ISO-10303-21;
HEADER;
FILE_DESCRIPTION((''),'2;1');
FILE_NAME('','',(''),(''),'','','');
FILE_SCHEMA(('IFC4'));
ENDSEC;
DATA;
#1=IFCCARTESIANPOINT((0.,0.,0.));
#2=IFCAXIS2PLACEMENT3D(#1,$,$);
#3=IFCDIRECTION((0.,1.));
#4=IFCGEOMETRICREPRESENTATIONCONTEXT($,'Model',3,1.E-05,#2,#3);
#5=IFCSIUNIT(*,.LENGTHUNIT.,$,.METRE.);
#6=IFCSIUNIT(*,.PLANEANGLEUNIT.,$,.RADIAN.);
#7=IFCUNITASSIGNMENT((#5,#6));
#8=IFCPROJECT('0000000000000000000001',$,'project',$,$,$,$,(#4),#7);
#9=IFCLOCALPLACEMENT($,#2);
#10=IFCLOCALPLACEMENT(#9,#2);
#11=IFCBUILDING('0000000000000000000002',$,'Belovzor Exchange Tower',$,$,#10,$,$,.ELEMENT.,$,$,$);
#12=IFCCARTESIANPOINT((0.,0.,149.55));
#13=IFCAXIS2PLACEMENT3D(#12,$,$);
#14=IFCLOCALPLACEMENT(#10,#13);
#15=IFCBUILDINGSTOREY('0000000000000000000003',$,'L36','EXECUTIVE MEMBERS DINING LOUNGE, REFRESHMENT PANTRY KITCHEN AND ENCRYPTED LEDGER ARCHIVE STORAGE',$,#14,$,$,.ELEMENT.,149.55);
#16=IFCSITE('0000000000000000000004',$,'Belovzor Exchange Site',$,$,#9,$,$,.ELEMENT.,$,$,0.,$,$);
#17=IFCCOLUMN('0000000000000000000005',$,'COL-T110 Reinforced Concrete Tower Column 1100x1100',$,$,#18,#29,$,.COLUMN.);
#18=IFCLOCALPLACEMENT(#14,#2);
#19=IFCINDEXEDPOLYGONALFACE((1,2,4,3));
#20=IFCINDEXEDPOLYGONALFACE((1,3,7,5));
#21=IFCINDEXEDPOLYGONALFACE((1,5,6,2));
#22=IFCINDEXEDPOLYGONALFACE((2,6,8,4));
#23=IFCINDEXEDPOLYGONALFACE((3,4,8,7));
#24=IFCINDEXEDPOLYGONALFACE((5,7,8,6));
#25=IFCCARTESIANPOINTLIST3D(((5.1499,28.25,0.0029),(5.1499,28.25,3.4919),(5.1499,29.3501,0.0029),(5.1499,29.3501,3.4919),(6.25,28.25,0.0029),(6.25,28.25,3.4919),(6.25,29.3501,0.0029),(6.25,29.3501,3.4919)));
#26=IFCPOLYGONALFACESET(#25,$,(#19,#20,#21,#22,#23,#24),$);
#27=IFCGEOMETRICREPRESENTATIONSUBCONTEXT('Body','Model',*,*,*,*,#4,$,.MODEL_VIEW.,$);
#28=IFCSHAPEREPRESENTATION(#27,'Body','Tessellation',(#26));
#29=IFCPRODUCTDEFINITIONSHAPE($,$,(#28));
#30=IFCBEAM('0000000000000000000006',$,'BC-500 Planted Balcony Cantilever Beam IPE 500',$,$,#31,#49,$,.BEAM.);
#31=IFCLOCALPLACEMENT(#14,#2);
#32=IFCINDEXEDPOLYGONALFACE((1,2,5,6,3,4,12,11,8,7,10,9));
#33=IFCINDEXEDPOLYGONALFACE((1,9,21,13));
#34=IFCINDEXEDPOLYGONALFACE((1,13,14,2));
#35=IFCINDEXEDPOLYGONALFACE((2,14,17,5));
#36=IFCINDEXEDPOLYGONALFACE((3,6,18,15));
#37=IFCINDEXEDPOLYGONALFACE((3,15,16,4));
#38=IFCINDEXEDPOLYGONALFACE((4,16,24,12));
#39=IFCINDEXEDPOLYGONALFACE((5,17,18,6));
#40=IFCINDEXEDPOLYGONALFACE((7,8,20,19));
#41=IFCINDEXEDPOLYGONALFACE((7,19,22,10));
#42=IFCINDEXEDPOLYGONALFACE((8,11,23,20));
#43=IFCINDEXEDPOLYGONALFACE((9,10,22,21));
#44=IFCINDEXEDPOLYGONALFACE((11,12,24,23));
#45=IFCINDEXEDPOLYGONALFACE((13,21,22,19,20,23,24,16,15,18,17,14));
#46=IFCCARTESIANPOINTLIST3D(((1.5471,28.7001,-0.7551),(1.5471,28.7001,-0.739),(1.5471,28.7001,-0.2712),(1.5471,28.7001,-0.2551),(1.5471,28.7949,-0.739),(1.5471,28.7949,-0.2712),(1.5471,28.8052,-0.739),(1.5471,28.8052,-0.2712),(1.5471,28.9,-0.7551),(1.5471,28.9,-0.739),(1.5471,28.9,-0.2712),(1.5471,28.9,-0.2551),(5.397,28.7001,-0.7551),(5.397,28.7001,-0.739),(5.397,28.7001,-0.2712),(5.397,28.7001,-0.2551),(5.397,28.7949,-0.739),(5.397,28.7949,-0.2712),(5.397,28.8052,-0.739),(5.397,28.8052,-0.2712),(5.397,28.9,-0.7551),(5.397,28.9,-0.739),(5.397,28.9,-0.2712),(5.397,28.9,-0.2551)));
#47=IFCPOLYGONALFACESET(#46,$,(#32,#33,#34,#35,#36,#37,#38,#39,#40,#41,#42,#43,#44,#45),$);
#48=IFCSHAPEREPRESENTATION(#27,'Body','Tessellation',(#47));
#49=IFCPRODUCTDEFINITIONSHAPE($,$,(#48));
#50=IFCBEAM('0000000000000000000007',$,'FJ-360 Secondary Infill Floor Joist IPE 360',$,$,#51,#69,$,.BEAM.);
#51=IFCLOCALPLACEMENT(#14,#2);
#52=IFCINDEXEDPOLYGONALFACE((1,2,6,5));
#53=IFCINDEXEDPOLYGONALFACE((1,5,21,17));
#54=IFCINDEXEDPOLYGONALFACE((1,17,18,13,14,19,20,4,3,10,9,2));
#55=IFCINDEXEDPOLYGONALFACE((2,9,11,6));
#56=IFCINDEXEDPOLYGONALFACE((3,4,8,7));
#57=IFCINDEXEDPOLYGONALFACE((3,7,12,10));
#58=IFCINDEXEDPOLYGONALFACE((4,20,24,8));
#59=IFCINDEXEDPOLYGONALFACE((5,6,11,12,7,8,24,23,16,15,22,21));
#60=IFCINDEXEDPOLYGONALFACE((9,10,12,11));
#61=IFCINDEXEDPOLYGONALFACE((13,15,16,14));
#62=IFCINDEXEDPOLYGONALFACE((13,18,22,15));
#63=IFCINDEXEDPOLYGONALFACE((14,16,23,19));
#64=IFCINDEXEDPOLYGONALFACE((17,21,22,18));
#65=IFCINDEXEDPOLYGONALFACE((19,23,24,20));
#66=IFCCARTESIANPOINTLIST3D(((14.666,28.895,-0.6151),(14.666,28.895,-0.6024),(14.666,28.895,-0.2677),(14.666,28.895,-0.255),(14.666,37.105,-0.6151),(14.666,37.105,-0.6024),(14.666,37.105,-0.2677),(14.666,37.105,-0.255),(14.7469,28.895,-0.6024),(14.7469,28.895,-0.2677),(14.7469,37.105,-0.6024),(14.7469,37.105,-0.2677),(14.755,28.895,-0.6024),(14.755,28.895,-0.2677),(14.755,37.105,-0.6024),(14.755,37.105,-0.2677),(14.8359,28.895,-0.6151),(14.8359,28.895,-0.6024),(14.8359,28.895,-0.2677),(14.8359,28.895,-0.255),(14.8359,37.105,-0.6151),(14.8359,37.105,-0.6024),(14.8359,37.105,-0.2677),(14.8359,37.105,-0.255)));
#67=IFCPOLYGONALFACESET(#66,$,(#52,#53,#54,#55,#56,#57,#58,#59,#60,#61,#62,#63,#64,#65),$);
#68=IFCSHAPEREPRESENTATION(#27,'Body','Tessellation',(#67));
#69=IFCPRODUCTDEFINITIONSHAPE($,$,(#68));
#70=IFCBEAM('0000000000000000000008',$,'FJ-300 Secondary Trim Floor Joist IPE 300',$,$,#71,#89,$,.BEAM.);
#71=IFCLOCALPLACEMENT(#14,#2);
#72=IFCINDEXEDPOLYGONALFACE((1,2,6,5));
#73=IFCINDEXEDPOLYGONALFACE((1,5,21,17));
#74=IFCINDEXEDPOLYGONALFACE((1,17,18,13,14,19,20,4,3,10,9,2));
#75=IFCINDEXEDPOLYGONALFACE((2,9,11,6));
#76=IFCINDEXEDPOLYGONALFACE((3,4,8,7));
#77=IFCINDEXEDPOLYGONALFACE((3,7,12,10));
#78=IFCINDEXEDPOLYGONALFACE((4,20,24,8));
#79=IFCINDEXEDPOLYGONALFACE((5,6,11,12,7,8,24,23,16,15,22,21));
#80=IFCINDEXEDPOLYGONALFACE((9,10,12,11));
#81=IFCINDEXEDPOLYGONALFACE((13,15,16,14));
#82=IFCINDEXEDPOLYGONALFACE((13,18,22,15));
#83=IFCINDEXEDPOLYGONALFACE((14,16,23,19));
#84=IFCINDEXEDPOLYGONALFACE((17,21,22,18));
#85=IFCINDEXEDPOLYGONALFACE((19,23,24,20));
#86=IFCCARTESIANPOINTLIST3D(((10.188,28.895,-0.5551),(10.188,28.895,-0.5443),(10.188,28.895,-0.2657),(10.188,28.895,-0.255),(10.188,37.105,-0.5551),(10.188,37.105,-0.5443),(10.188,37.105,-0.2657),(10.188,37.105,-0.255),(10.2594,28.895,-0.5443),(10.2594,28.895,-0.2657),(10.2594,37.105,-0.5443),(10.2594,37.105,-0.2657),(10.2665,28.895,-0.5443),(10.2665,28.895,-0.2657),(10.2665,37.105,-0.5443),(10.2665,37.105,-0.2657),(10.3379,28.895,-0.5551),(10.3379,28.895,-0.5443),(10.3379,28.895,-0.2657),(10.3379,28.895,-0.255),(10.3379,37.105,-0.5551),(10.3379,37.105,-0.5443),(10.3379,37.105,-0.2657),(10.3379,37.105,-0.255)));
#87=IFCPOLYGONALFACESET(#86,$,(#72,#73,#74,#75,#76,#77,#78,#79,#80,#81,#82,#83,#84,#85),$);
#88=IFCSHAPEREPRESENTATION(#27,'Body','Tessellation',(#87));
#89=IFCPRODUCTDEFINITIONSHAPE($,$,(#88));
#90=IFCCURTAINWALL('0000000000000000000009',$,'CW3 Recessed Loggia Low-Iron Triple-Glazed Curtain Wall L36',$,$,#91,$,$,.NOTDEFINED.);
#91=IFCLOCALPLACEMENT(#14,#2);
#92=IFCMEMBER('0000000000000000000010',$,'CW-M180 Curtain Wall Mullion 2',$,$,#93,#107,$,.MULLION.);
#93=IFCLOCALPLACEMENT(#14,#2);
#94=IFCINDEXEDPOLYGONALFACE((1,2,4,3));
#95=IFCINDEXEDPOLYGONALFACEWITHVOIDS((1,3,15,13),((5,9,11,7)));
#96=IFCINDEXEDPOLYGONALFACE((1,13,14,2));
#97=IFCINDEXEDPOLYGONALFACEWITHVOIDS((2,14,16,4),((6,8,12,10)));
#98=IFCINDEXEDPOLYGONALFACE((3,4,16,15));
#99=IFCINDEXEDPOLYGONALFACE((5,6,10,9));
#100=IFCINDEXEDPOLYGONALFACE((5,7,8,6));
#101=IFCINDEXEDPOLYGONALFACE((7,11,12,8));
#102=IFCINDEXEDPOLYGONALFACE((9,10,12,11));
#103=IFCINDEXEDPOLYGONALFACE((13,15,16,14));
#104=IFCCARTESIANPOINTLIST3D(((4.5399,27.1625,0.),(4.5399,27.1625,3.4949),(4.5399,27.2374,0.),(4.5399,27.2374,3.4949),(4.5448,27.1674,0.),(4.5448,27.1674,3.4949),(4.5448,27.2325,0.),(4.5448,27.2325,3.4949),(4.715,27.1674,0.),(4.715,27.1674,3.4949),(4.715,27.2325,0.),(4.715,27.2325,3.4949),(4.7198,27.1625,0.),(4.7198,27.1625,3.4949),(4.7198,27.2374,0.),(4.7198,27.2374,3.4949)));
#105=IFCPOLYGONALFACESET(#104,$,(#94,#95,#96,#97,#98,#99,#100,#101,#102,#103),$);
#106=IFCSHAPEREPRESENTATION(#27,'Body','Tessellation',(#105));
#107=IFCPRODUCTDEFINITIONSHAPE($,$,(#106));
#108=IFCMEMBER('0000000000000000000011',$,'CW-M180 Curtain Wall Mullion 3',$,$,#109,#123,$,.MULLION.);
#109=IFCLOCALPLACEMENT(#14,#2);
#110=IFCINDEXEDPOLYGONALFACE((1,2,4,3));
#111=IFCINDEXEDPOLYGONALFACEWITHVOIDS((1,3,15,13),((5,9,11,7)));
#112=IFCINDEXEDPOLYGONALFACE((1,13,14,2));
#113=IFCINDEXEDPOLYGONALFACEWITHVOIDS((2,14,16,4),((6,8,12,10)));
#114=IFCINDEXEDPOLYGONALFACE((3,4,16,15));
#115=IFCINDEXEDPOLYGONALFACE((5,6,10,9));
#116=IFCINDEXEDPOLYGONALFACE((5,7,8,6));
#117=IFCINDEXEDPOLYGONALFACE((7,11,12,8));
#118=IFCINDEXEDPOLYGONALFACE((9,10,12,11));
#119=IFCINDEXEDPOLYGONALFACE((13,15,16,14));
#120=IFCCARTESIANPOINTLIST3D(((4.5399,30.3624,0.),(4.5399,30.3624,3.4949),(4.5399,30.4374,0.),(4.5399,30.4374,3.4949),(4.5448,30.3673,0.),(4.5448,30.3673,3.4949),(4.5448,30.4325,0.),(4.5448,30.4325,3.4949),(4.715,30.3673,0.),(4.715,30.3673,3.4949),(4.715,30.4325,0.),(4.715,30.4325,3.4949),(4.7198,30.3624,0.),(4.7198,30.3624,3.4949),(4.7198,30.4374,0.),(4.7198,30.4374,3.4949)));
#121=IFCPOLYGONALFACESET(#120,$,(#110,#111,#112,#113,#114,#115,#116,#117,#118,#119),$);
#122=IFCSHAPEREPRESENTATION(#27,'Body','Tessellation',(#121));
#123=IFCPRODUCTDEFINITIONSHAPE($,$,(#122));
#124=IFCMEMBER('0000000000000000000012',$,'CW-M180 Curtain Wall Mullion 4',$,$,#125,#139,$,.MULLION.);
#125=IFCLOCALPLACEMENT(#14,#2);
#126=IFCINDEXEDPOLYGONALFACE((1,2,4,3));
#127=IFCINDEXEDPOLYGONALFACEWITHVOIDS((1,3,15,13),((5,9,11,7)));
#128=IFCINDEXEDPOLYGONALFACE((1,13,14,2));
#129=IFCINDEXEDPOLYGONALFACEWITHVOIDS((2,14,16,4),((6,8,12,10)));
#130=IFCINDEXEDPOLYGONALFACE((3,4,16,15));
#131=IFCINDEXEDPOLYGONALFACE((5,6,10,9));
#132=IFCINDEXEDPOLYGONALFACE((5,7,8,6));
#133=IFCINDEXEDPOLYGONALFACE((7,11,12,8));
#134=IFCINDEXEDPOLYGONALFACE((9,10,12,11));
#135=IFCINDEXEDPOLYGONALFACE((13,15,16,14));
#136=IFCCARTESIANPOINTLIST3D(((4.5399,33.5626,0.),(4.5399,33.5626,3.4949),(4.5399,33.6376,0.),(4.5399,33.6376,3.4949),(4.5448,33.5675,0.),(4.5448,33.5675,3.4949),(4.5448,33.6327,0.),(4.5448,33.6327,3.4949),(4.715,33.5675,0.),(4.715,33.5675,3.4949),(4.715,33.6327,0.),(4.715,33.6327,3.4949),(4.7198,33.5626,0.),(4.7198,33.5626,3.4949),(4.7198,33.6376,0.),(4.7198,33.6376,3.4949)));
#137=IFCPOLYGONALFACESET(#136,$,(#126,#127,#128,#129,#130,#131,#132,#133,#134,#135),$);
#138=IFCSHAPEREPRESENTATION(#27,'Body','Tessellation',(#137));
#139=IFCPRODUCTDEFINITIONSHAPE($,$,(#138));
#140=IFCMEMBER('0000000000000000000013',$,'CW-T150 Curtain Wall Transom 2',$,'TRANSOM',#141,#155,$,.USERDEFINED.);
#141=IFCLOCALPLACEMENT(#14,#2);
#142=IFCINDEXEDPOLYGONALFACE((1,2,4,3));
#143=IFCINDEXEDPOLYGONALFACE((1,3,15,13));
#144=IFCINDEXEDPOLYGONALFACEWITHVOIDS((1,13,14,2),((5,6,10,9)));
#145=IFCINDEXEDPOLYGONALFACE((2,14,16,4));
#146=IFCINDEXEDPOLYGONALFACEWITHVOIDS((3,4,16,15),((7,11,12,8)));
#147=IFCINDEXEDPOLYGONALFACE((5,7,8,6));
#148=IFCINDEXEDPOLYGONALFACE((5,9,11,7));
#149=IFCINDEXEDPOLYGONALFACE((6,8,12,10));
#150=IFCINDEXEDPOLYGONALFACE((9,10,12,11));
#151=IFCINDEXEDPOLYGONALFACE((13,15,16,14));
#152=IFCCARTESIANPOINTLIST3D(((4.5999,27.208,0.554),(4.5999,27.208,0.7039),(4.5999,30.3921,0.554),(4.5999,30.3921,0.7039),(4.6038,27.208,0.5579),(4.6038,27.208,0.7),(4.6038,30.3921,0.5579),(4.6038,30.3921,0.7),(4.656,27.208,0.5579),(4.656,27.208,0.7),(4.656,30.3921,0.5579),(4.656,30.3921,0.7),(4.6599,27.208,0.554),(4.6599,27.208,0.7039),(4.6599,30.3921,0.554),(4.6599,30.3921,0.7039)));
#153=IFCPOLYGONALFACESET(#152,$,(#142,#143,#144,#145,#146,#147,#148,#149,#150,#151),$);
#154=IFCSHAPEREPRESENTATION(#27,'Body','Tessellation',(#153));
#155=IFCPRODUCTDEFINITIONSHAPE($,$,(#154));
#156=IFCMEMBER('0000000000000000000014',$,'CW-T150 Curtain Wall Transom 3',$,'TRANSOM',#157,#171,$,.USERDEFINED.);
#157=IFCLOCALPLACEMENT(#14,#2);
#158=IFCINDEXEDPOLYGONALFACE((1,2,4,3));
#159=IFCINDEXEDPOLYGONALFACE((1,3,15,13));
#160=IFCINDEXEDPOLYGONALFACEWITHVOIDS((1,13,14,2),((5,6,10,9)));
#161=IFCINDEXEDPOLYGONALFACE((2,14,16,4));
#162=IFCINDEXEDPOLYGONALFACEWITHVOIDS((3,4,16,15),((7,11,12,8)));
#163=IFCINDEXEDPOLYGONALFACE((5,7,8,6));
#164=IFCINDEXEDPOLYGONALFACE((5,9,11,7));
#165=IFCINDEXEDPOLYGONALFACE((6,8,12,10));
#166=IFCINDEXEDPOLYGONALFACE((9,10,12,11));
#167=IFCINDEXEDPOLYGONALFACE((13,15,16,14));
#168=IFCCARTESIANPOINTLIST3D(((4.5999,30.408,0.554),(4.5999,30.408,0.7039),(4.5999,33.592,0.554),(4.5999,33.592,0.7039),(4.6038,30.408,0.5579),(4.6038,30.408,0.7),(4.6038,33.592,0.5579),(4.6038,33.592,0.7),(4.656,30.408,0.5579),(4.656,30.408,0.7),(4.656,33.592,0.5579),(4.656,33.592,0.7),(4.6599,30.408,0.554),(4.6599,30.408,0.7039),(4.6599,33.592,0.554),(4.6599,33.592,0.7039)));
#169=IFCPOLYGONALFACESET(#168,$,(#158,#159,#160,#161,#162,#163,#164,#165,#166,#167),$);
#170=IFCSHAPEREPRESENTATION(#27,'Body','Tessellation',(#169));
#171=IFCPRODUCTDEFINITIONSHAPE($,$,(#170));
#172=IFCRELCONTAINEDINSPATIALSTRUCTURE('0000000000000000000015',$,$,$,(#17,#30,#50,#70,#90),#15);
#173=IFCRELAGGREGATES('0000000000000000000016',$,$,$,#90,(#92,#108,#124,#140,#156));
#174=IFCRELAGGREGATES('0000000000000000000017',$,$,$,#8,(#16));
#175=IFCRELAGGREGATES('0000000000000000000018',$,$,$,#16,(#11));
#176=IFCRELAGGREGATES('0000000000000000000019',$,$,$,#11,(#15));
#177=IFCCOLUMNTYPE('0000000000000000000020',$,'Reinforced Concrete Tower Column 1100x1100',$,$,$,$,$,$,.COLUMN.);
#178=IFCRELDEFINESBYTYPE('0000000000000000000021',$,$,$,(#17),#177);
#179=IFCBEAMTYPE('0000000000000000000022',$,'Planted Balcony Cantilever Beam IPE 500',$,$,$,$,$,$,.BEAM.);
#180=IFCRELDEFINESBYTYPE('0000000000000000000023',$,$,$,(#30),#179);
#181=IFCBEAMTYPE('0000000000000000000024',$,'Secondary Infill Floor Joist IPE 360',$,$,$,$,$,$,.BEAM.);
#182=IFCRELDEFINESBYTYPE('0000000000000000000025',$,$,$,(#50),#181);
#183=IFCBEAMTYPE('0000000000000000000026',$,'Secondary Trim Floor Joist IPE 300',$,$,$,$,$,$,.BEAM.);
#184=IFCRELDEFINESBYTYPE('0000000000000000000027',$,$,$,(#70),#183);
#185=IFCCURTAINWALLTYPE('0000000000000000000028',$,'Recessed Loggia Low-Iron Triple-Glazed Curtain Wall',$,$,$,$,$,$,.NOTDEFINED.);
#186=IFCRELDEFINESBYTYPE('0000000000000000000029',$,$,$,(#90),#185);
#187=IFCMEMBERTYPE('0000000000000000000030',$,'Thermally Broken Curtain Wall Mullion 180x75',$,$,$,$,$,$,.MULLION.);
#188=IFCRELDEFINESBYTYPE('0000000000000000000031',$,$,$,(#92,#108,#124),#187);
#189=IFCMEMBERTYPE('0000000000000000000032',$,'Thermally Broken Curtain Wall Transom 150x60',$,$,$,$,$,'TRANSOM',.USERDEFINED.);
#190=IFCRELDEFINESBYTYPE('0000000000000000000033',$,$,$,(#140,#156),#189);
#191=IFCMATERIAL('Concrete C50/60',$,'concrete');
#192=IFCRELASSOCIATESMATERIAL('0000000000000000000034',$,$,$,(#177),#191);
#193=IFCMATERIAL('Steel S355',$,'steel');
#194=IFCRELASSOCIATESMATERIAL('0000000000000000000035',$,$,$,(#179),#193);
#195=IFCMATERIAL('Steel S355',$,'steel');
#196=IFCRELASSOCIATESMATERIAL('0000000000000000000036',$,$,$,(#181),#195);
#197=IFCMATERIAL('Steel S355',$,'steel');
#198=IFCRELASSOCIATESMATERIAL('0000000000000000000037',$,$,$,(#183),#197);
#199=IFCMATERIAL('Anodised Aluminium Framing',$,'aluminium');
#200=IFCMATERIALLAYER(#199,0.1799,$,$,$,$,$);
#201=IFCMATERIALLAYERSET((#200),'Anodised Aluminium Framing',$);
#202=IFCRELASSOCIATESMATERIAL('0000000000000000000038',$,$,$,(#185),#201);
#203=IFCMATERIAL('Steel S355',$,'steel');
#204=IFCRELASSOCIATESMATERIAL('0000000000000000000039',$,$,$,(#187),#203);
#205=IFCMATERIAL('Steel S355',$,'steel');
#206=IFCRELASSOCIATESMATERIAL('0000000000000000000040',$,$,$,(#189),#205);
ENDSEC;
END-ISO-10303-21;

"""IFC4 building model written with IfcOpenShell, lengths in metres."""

from ifc_helpers import new_model, si_unit, direction, frame, origin, origin_2d, place, context, subcontext, project, spatial, rectangle, hollow_rectangle, i_section, extrude, material, layer, layer_set, material_profile, profile_set, type_object, element, aggregate, save


model = new_model("IFC4")

# Units and contexts
model_context = context("Model", 3, precision=1e-05, world=origin(), true_north=direction((0.0, 1.0)))
body_context = subcontext(model_context, "Body", "Model", "MODEL_VIEW")
ifc_project = project(units=[si_unit("LENGTHUNIT", "METRE"), si_unit("PLANEANGLEUNIT", "RADIAN")], contexts=[model_context])

# Site, building, storey
site_placement = place(None, origin())
site = spatial("IfcSite", under=ifc_project, at=site_placement, Name="Belovzor Exchange Site", CompositionType="ELEMENT", RefElevation=0.0)
building_placement = place(site_placement, origin())
building = spatial("IfcBuilding", under=site, at=building_placement, Name="Belovzor Exchange Tower", CompositionType="ELEMENT")
storey_placement = place(building_placement, frame((0.0, 0.0, 149.55)))
storey = spatial("IfcBuildingStorey", under=building, at=storey_placement, Name="L36", Description="EXECUTIVE MEMBERS DINING LOUNGE, REFRESHMENT PANTRY KITCHEN AND ENCRYPTED LEDGER ARCHIVE STORAGE", CompositionType="ELEMENT", Elevation=149.55)

# Column
ifc_material_1 = material(Name="Concrete C50/60", Category="concrete")
ifc_material_profile_1 = material_profile(ifc_material_1, rectangle(XDim=1.1001, YDim=1.1001, at=origin_2d()))
ifc_profile_set_1 = profile_set([ifc_material_profile_1], Name="Concrete C50/60")
column_type = type_object("IfcColumnType", Name="Reinforced Concrete Tower Column 1100x1100", PredefinedType="COLUMN", material=ifc_profile_set_1)
column_placement = place(storey_placement, frame((5.7, 28.8, 0.0029), z_axis=(0.0, 0.0, 1.0), x_axis=(1.0, 0.0, 0.0)))
element("IfcColumn", 1, at=column_placement, inside=storey, type_object=column_type, Name="COL-T110 Reinforced Concrete Tower Column 1100x1100", PredefinedType="COLUMN", context=body_context, shape_type="SweptSolid", body=[
    extrude(rectangle(XDim=1.1001, YDim=1.1001, at=origin_2d()), origin(), (0.0, 0.0, 1.0), 3.489),
])

# Beams
ifc_material_2 = material(Name="Steel S355", Category="steel")
ifc_material_profile_2 = material_profile(ifc_material_2, i_section(OverallWidth=0.2, OverallDepth=0.5, WebThickness=0.0103, FlangeThickness=0.0161, at=origin_2d()))
ifc_profile_set_2 = profile_set([ifc_material_profile_2], Name="Steel S355")
beam_type_1 = type_object("IfcBeamType", Name="Planted Balcony Cantilever Beam IPE 500", PredefinedType="BEAM", material=ifc_profile_set_2)
beam_1_placement = place(storey_placement, frame((5.397, 28.8, -0.5051), z_axis=(-1.0, 0.0, 0.0), x_axis=(0.0, -1.0, 0.0)))
element("IfcBeam", 2, at=beam_1_placement, inside=storey, type_object=beam_type_1, Name="BC-500 Planted Balcony Cantilever Beam IPE 500", PredefinedType="BEAM", context=body_context, shape_type="SweptSolid", body=[
    extrude(i_section(OverallWidth=0.2, OverallDepth=0.5, WebThickness=0.0103, FlangeThickness=0.0161, at=origin_2d()), origin(), (0.0, 0.0, 1.0), 3.8499),
])
ifc_material_3 = material(Name="Steel S355", Category="steel")
ifc_material_profile_3 = material_profile(ifc_material_3, i_section(OverallWidth=0.1699, OverallDepth=0.3601, WebThickness=0.0081, FlangeThickness=0.0127, at=origin_2d()))
ifc_profile_set_3 = profile_set([ifc_material_profile_3], Name="Steel S355")
beam_type_2 = type_object("IfcBeamType", Name="Secondary Infill Floor Joist IPE 360", PredefinedType="BEAM", material=ifc_profile_set_3)
beam_2_placement = place(storey_placement, frame((14.751, 28.895, -0.4351), z_axis=(0.0, 1.0, 0.0), x_axis=(-1.0, 0.0, 0.0)))
element("IfcBeam", 3, at=beam_2_placement, inside=storey, type_object=beam_type_2, Name="FJ-360 Secondary Infill Floor Joist IPE 360", PredefinedType="BEAM", context=body_context, shape_type="SweptSolid", body=[
    extrude(i_section(OverallWidth=0.1699, OverallDepth=0.3601, WebThickness=0.0081, FlangeThickness=0.0127, at=origin_2d()), origin(), (0.0, 0.0, 1.0), 8.21),
])
ifc_material_4 = material(Name="Steel S355", Category="steel")
ifc_material_profile_4 = material_profile(ifc_material_4, i_section(OverallWidth=0.1499, OverallDepth=0.3, WebThickness=0.0071, FlangeThickness=0.0107, at=origin_2d()))
ifc_profile_set_4 = profile_set([ifc_material_profile_4], Name="Steel S355")
beam_type_3 = type_object("IfcBeamType", Name="Secondary Trim Floor Joist IPE 300", PredefinedType="BEAM", material=ifc_profile_set_4)
beam_3_placement = place(storey_placement, frame((10.2629, 28.895, -0.405), z_axis=(0.0, 1.0, 0.0), x_axis=(-1.0, 0.0, 0.0)))
element("IfcBeam", 4, at=beam_3_placement, inside=storey, type_object=beam_type_3, Name="FJ-300 Secondary Trim Floor Joist IPE 300", PredefinedType="BEAM", context=body_context, shape_type="SweptSolid", body=[
    extrude(i_section(OverallWidth=0.1499, OverallDepth=0.3, WebThickness=0.0071, FlangeThickness=0.0107, at=origin_2d()), origin(), (0.0, 0.0, 1.0), 8.21),
])

# Curtain wall, members
ifc_material_5 = material(Name="Anodised Aluminium Framing", Category="aluminium")
ifc_layer_1 = layer(ifc_material_5, 0.1799)
ifc_layer_set_1 = layer_set([ifc_layer_1], Name="Anodised Aluminium Framing")
curtain_wall_type = type_object("IfcCurtainWallType", Name="Recessed Loggia Low-Iron Triple-Glazed Curtain Wall", PredefinedType="NOTDEFINED", material=ifc_layer_set_1)
curtain_wall_placement = place(storey_placement, origin())
curtain_wall = element("IfcCurtainWall", 5, at=curtain_wall_placement, inside=storey, type_object=curtain_wall_type, Name="CW3 Recessed Loggia Low-Iron Triple-Glazed Curtain Wall L36", PredefinedType="NOTDEFINED")
ifc_material_6 = material(Name="Steel S355", Category="steel")
ifc_material_profile_5 = material_profile(ifc_material_6, hollow_rectangle(XDim=0.075, YDim=0.1799, WallThickness=0.0049, at=origin_2d()))
ifc_profile_set_5 = profile_set([ifc_material_profile_5], Name="Steel S355")
member_type_1 = type_object("IfcMemberType", Name="Thermally Broken Curtain Wall Mullion 180x75", PredefinedType="MULLION", material=ifc_profile_set_5)
member_1_placement = place(storey_placement, frame((4.6299, 27.2, 0.0), z_axis=(0.0, 0.0, 1.0), x_axis=(0.0, 1.0, 0.0)))
member_1 = element("IfcMember", 6, at=member_1_placement, type_object=member_type_1, Name="CW-M180 Curtain Wall Mullion 2", PredefinedType="MULLION", context=body_context, shape_type="SweptSolid", body=[
    extrude(hollow_rectangle(XDim=0.075, YDim=0.1799, WallThickness=0.0049, at=origin_2d()), origin(), (0.0, 0.0, 1.0), 3.4949),
])
member_2_placement = place(storey_placement, frame((4.6299, 30.3999, 0.0), z_axis=(0.0, 0.0, 1.0), x_axis=(0.0, 1.0, 0.0)))
member_2 = element("IfcMember", 7, at=member_2_placement, type_object=member_type_1, Name="CW-M180 Curtain Wall Mullion 3", PredefinedType="MULLION", context=body_context, shape_type="SweptSolid", body=[
    extrude(hollow_rectangle(XDim=0.075, YDim=0.1799, WallThickness=0.0049, at=origin_2d()), origin(), (0.0, 0.0, 1.0), 3.4949),
])
member_3_placement = place(storey_placement, frame((4.6299, 33.6001, 0.0), z_axis=(0.0, 0.0, 1.0), x_axis=(0.0, 1.0, 0.0)))
member_3 = element("IfcMember", 8, at=member_3_placement, type_object=member_type_1, Name="CW-M180 Curtain Wall Mullion 4", PredefinedType="MULLION", context=body_context, shape_type="SweptSolid", body=[
    extrude(hollow_rectangle(XDim=0.075, YDim=0.1799, WallThickness=0.0049, at=origin_2d()), origin(), (0.0, 0.0, 1.0), 3.4949),
])
ifc_material_7 = material(Name="Steel S355", Category="steel")
ifc_material_profile_6 = material_profile(ifc_material_7, hollow_rectangle(XDim=0.0601, YDim=0.1499, WallThickness=0.0039, at=origin_2d()))
ifc_profile_set_6 = profile_set([ifc_material_profile_6], Name="Steel S355")
member_type_2 = type_object("IfcMemberType", Name="Thermally Broken Curtain Wall Transom 150x60", ElementType="TRANSOM", PredefinedType="USERDEFINED", material=ifc_profile_set_6)
member_4_placement = place(storey_placement, frame((4.6299, 27.208, 0.6289), z_axis=(0.0, 1.0, 0.0), x_axis=(-1.0, 0.0, 0.0)))
member_4 = element("IfcMember", 9, at=member_4_placement, type_object=member_type_2, Name="CW-T150 Curtain Wall Transom 2", ObjectType="TRANSOM", PredefinedType="USERDEFINED", context=body_context, shape_type="SweptSolid", body=[
    extrude(hollow_rectangle(XDim=0.0601, YDim=0.1499, WallThickness=0.0039, at=origin_2d()), origin(), (0.0, 0.0, 1.0), 3.1841),
])
member_5_placement = place(storey_placement, frame((4.6299, 30.408, 0.6289), z_axis=(0.0, 1.0, 0.0), x_axis=(-1.0, 0.0, 0.0)))
member_5 = element("IfcMember", 10, at=member_5_placement, type_object=member_type_2, Name="CW-T150 Curtain Wall Transom 3", ObjectType="TRANSOM", PredefinedType="USERDEFINED", context=body_context, shape_type="SweptSolid", body=[
    extrude(hollow_rectangle(XDim=0.0601, YDim=0.1499, WallThickness=0.0039, at=origin_2d()), origin(), (0.0, 0.0, 1.0), 3.1841),
])

aggregate(curtain_wall, [member_1, member_2, member_3, member_4, member_5])

save(model, "model.ifc")
